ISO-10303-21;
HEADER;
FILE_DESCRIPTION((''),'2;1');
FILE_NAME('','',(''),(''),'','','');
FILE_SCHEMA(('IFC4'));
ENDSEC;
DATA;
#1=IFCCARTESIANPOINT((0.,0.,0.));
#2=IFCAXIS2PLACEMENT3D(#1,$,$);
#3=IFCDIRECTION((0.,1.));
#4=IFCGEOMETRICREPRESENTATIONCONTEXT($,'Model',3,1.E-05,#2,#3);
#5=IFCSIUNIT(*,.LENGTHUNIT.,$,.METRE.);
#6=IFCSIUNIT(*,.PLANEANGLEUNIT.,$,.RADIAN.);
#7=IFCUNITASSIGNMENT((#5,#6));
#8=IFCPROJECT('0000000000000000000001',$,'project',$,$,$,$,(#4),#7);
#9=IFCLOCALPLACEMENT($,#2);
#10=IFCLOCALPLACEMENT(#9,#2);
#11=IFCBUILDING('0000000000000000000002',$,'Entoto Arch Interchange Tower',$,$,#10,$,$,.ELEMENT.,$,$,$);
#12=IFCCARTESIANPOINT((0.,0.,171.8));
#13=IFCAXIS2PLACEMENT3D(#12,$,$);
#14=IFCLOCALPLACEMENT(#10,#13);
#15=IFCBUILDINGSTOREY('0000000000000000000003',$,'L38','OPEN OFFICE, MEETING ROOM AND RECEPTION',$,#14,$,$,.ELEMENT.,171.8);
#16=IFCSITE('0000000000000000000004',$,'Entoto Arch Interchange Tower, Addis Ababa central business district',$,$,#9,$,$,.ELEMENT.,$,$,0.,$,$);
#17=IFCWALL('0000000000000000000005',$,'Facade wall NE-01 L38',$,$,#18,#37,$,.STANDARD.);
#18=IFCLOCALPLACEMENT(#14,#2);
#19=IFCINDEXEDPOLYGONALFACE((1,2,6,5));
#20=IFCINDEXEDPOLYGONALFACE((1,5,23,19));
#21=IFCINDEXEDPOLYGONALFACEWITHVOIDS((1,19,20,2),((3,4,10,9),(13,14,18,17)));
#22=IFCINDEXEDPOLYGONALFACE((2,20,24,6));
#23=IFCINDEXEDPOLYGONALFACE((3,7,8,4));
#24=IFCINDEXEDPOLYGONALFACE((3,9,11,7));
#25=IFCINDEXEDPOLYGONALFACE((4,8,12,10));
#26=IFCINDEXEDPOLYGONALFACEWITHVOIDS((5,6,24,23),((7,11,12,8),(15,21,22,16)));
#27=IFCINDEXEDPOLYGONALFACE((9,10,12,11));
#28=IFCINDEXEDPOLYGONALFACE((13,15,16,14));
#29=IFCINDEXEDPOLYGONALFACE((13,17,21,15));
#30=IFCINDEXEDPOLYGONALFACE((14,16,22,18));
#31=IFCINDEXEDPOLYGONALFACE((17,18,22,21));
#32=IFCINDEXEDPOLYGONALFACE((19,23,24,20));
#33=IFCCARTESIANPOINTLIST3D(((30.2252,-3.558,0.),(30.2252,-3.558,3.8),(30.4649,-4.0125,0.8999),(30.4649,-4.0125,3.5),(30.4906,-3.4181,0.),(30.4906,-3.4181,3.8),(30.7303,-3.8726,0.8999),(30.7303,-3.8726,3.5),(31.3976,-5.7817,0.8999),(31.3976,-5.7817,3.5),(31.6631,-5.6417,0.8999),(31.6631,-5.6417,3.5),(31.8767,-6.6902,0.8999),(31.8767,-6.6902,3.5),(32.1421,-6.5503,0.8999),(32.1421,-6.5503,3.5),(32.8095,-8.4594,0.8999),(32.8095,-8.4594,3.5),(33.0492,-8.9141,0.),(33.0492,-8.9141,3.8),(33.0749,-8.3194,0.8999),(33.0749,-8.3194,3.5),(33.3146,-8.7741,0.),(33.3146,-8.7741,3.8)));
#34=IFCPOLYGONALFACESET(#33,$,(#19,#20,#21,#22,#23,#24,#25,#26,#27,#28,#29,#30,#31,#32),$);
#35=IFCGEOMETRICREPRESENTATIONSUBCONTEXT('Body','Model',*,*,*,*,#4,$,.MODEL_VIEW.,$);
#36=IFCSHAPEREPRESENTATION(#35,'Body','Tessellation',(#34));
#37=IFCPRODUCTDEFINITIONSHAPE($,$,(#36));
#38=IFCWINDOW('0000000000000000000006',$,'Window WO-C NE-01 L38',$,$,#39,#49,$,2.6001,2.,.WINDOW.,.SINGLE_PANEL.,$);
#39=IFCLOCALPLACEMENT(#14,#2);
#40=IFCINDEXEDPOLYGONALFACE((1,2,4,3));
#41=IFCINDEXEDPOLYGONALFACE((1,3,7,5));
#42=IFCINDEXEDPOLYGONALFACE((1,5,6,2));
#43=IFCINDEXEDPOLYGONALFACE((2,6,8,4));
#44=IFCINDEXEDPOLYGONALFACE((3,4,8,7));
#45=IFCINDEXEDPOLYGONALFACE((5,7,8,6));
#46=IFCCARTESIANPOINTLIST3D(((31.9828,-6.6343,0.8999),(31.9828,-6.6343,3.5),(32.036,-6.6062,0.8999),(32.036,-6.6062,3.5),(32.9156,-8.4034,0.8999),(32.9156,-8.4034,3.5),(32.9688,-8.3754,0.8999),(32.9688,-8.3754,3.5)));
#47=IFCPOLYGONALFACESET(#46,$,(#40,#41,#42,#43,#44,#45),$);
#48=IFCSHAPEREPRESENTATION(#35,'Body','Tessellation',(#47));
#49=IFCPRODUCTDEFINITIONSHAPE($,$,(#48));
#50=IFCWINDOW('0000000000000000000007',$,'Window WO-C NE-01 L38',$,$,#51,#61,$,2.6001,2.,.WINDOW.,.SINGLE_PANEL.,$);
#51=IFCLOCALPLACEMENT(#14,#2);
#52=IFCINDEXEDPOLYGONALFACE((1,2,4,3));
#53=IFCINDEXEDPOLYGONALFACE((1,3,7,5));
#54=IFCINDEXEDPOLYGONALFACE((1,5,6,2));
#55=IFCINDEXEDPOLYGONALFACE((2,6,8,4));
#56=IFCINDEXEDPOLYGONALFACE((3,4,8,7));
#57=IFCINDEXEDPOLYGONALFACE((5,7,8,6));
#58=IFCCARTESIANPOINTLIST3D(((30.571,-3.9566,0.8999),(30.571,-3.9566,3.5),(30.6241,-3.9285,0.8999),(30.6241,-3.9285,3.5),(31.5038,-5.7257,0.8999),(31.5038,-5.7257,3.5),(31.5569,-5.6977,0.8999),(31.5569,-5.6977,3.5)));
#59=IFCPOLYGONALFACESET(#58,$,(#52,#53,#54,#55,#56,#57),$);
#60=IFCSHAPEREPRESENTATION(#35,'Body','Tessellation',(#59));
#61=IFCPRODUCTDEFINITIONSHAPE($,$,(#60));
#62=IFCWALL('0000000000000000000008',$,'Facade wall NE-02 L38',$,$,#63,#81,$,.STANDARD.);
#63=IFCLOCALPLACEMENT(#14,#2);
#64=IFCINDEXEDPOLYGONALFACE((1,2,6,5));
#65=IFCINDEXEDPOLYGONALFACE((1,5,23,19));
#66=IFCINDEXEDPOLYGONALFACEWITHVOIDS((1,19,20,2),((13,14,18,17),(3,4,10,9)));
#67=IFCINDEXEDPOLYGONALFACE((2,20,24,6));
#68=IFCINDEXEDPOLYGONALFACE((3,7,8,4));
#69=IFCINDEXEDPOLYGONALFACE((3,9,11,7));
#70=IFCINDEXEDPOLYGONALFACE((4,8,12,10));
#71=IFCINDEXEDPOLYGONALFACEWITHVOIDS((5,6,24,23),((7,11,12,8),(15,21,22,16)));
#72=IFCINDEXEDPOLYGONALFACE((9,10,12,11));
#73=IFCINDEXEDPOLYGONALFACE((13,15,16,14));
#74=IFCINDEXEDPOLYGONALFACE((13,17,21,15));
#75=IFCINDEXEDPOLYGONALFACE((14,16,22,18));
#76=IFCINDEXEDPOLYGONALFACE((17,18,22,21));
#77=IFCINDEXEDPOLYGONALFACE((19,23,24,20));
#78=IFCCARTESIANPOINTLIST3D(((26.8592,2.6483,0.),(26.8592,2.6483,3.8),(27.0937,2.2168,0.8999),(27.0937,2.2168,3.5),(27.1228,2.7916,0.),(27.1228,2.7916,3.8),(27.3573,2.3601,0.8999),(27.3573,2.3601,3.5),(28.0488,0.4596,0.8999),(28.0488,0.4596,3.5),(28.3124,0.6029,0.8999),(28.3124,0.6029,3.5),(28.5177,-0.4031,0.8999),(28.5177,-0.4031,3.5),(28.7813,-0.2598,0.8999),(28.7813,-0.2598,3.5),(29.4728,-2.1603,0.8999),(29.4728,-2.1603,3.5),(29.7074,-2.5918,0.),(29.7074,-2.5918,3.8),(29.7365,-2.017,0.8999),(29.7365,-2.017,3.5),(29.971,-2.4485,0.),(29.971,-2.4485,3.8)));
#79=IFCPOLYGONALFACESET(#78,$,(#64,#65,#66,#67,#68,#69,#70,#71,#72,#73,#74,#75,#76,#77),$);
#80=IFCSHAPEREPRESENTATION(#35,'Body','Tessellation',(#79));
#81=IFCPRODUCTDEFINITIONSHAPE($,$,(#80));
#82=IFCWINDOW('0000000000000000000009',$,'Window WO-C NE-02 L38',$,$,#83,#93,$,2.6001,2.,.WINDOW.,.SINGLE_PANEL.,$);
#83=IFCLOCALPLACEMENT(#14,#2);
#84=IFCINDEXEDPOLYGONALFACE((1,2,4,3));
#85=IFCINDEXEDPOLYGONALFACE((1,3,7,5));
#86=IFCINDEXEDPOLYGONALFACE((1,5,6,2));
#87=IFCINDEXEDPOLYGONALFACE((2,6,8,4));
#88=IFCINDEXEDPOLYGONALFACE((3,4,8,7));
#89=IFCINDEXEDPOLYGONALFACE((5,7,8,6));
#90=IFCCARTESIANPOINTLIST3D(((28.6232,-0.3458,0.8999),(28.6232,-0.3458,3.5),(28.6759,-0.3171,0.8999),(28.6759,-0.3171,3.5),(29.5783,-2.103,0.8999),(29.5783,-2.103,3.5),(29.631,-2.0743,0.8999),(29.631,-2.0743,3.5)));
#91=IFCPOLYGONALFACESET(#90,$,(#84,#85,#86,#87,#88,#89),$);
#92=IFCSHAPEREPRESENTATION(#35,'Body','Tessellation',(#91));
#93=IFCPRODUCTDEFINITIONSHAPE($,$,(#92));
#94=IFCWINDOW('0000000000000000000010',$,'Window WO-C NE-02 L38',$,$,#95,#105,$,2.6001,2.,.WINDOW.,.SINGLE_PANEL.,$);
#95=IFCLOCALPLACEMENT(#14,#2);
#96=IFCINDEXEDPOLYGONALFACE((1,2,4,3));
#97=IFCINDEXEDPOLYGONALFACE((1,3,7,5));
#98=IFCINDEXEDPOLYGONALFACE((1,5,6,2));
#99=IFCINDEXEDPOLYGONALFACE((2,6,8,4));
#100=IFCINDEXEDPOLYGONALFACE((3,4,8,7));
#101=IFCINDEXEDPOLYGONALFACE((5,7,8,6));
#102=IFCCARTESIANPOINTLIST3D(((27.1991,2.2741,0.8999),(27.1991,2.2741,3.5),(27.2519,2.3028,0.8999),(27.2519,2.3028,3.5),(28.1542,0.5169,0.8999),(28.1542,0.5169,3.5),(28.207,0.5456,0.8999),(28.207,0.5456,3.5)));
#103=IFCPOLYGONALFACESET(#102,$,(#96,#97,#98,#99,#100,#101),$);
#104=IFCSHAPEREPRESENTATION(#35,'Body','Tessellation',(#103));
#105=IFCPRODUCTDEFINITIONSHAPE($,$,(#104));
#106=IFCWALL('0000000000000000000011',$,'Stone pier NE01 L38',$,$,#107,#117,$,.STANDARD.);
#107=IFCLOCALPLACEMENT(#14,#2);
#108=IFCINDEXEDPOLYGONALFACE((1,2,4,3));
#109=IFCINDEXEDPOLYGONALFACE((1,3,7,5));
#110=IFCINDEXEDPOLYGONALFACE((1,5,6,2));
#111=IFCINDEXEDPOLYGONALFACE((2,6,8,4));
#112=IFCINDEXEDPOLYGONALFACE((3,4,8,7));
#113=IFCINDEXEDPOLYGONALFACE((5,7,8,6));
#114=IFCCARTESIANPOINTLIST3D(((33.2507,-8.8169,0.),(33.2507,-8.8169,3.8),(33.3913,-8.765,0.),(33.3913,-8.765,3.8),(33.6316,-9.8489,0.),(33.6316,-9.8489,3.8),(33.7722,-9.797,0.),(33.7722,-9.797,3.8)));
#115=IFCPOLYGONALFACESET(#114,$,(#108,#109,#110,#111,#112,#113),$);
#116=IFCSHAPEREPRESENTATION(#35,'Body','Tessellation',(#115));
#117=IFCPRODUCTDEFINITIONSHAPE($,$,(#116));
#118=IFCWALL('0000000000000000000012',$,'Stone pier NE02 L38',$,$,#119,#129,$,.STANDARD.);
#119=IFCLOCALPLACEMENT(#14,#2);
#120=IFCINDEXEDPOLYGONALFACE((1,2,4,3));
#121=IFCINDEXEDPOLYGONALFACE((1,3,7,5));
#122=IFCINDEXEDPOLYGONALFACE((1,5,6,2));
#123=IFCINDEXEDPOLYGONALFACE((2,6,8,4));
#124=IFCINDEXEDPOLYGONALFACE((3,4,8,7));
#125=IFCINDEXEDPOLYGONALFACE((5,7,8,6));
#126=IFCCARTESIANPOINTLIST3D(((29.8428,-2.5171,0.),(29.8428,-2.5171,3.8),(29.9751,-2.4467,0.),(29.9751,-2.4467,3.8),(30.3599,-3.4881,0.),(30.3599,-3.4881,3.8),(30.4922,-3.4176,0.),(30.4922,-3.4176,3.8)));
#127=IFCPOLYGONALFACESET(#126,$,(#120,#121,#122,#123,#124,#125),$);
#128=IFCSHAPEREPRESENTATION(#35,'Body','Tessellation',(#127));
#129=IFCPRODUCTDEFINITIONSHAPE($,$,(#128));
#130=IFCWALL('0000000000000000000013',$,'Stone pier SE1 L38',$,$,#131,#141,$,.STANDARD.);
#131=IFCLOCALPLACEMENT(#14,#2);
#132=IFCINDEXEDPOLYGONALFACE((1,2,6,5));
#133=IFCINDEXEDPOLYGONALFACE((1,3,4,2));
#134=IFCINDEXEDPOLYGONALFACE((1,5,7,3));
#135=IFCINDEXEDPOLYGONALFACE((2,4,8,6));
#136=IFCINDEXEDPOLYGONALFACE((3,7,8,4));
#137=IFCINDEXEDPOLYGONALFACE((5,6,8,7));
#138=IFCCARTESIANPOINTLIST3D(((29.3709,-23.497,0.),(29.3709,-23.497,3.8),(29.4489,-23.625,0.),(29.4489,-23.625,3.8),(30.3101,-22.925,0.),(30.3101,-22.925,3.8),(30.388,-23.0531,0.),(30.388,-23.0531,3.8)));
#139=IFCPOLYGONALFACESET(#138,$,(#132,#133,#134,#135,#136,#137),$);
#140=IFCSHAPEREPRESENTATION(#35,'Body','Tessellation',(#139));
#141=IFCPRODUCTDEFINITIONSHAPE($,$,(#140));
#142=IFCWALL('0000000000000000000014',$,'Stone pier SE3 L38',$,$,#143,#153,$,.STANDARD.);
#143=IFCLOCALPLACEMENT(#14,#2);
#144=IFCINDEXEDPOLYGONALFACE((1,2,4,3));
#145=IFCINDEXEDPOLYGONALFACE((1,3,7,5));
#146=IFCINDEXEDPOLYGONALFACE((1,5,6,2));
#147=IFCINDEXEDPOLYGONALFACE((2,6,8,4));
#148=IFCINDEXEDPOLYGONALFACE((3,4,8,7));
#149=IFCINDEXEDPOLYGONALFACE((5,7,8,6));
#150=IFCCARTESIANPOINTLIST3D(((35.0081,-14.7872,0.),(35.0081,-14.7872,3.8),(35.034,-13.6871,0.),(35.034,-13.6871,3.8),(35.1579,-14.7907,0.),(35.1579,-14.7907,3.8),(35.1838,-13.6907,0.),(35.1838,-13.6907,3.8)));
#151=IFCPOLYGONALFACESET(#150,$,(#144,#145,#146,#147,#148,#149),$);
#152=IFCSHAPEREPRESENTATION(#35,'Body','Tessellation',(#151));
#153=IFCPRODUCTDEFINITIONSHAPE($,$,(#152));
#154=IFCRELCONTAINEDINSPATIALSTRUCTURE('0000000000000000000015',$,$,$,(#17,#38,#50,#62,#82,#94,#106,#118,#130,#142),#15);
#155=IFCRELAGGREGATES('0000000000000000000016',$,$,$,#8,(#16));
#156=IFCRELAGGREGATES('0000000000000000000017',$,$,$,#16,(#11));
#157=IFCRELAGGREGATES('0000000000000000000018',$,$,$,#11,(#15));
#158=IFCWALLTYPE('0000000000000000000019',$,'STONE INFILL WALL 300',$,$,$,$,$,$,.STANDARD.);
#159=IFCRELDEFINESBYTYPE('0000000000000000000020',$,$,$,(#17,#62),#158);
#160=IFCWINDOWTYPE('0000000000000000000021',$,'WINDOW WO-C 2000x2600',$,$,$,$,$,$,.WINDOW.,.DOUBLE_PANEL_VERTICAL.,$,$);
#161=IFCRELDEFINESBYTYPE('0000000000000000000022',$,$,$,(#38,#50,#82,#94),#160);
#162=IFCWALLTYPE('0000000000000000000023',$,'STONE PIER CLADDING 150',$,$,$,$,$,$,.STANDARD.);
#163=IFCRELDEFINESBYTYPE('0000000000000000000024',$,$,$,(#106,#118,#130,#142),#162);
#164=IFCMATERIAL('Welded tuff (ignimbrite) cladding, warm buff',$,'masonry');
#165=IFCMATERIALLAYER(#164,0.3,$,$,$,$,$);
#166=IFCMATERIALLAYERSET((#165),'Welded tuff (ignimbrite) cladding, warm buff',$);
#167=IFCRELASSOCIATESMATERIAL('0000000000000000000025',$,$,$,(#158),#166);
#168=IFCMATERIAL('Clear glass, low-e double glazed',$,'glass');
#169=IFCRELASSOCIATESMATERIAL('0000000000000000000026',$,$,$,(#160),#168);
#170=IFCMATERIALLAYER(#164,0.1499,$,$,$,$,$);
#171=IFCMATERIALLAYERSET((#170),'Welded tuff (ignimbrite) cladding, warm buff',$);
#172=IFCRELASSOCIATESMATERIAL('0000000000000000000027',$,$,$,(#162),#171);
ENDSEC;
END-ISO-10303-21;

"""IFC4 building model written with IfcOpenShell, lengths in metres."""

from ifc_helpers import new_model, si_unit, direction, frame, frame_2d, origin, place, context, subcontext, project, spatial, rectangle, extrude, material, layer, layer_set, type_object, element, fill, save


model = new_model("IFC4")

# Units and contexts
model_context = context("Model", 3, precision=1e-05, world=origin(), true_north=direction((0.0, 1.0)))
body_context = subcontext(model_context, "Body", "Model", "MODEL_VIEW")
ifc_project = project(units=[si_unit("LENGTHUNIT", "METRE"), si_unit("PLANEANGLEUNIT", "RADIAN")], contexts=[model_context])

# Site, building, storey
site_placement = place(None, origin())
site = spatial("IfcSite", under=ifc_project, at=site_placement, Name="Entoto Arch Interchange Tower, Addis Ababa central business district", CompositionType="ELEMENT", RefElevation=0.0)
building_placement = place(site_placement, origin())
building = spatial("IfcBuilding", under=site, at=building_placement, Name="Entoto Arch Interchange Tower", CompositionType="ELEMENT")
storey_placement = place(building_placement, frame((0.0, 0.0, 171.8)))
storey = spatial("IfcBuildingStorey", under=building, at=storey_placement, Name="L38", Description="OPEN OFFICE, MEETING ROOM AND RECEPTION", CompositionType="ELEMENT", Elevation=171.8)

# Shared definitions
ifc_material_1 = material(Name="Welded tuff (ignimbrite) cladding, warm buff", Category="masonry")
ifc_layer_1 = layer(ifc_material_1, 0.3)
ifc_layer_set_1 = layer_set([ifc_layer_1], Name="Welded tuff (ignimbrite) cladding, warm buff")
wall_type_1 = type_object("IfcWallType", Name="STONE INFILL WALL 300", PredefinedType="STANDARD", material=ifc_layer_set_1)
ifc_material_2 = material(Name="Clear glass, low-e double glazed", Category="glass")

# Walls, openings, windows
wall_1_placement = place(storey_placement, frame((33.1819, -8.844, 0.0), z_axis=(0.0, 0.0, 1.0), x_axis=(-0.466399, 0.884574, 0.0)))
wall_1 = element("IfcWall", 1, at=wall_1_placement, inside=storey, type_object=wall_type_1, Name="Facade wall NE-01 L38", PredefinedType="STANDARD", context=body_context, shape_type="SweptSolid", body=[
    extrude(rectangle(XDim=6.0549, YDim=0.3, at=frame_2d((3.0273, 0.0))), origin(), (0.0, 0.0, 1.0), 3.8),
])
opening_1_placement = place(wall_1_placement, frame((0.5139, 0.0, 0.8999)))
opening_1 = element("IfcOpeningElement", 2, at=opening_1_placement, cuts=wall_1, PredefinedType="OPENING", context=body_context, shape_type="SweptSolid", body=[
    extrude(rectangle(XDim=2.0, YDim=2.6001, at=frame_2d((1.0, 1.3))), frame((0.0, 0.1602, 0.0), z_axis=(0.0, -1.0, 0.0), x_axis=(1.0, 0.0, 0.0)), (0.0, 0.0, 1.0), 0.3201),
])
opening_2_placement = place(wall_1_placement, frame((3.541, 0.0, 0.8999)))
opening_2 = element("IfcOpeningElement", 3, at=opening_2_placement, cuts=wall_1, PredefinedType="OPENING", context=body_context, shape_type="SweptSolid", body=[
    extrude(rectangle(XDim=2.0, YDim=2.6001, at=frame_2d((1.0, 1.3))), frame((0.0, 0.1602, 0.0), z_axis=(0.0, -1.0, 0.0), x_axis=(1.0, 0.0, 0.0)), (0.0, 0.0, 1.0), 0.3201),
])
window_type_1 = type_object("IfcWindowType", Name="WINDOW WO-C 2000x2600", PartitioningType="DOUBLE_PANEL_VERTICAL", PredefinedType="WINDOW", material=ifc_material_2)
window_1_placement = place(opening_1_placement, origin())
window_1 = element("IfcWindow", 4, at=window_1_placement, inside=storey, type_object=window_type_1, Name="Window WO-C NE-01 L38", OverallHeight=2.6001, OverallWidth=2.0, PartitioningType="SINGLE_PANEL", PredefinedType="WINDOW", context=body_context, shape_type="SweptSolid", body=[
    extrude(rectangle(XDim=2.0, YDim=2.6001, at=frame_2d((1.0, 1.3))), frame((0.0, 0.03, 0.0), z_axis=(0.0, -1.0, 0.0), x_axis=(1.0, 0.0, 0.0)), (0.0, 0.0, 1.0), 0.0601),
])
fill(opening_1, window_1)
window_2_placement = place(opening_2_placement, origin())
window_2 = element("IfcWindow", 5, at=window_2_placement, inside=storey, type_object=window_type_1, Name="Window WO-C NE-01 L38", OverallHeight=2.6001, OverallWidth=2.0, PartitioningType="SINGLE_PANEL", PredefinedType="WINDOW", context=body_context, shape_type="SweptSolid", body=[
    extrude(rectangle(XDim=2.0, YDim=2.6001, at=frame_2d((1.0, 1.3))), frame((0.0, 0.03, 0.0), z_axis=(0.0, -1.0, 0.0), x_axis=(1.0, 0.0, 0.0)), (0.0, 0.0, 1.0), 0.0601),
])
fill(opening_2, window_2)
wall_2_placement = place(storey_placement, frame((29.8391, -2.52, 0.0), z_axis=(0.0, 0.0, 1.0), x_axis=(-0.477555, 0.878602, 0.0)))
wall_2 = element("IfcWall", 6, at=wall_2_placement, inside=storey, type_object=wall_type_1, Name="Facade wall NE-02 L38", PredefinedType="STANDARD", context=body_context, shape_type="SweptSolid", body=[
    extrude(rectangle(XDim=5.9641, YDim=0.3, at=frame_2d((2.9819, 0.0))), origin(), (0.0, 0.0, 1.0), 3.8),
])
opening_3_placement = place(wall_2_placement, frame((0.491, 0.0, 0.8999)))
opening_3 = element("IfcOpeningElement", 7, at=opening_3_placement, cuts=wall_2, PredefinedType="OPENING", context=body_context, shape_type="SweptSolid", body=[
    extrude(rectangle(XDim=2.0, YDim=2.6001, at=frame_2d((1.0, 1.3))), frame((0.0, 0.1602, 0.0), z_axis=(0.0, -1.0, 0.0), x_axis=(1.0, 0.0, 0.0)), (0.0, 0.0, 1.0), 0.3201),
])
opening_4_placement = place(wall_2_placement, frame((3.4729, 0.0, 0.8999)))
opening_4 = element("IfcOpeningElement", 8, at=opening_4_placement, cuts=wall_2, PredefinedType="OPENING", context=body_context, shape_type="SweptSolid", body=[
    extrude(rectangle(XDim=2.0, YDim=2.6001, at=frame_2d((1.0, 1.3))), frame((0.0, 0.1602, 0.0), z_axis=(0.0, -1.0, 0.0), x_axis=(1.0, 0.0, 0.0)), (0.0, 0.0, 1.0), 0.3201),
])
window_3_placement = place(opening_3_placement, origin())
window_3 = element("IfcWindow", 9, at=window_3_placement, inside=storey, type_object=window_type_1, Name="Window WO-C NE-02 L38", OverallHeight=2.6001, OverallWidth=2.0, PartitioningType="SINGLE_PANEL", PredefinedType="WINDOW", context=body_context, shape_type="SweptSolid", body=[
    extrude(rectangle(XDim=2.0, YDim=2.6001, at=frame_2d((1.0, 1.3))), frame((0.0, 0.03, 0.0), z_axis=(0.0, -1.0, 0.0), x_axis=(1.0, 0.0, 0.0)), (0.0, 0.0, 1.0), 0.0601),
])
fill(opening_3, window_3)
window_4_placement = place(opening_4_placement, origin())
window_4 = element("IfcWindow", 10, at=window_4_placement, inside=storey, type_object=window_type_1, Name="Window WO-C NE-02 L38", OverallHeight=2.6001, OverallWidth=2.0, PartitioningType="SINGLE_PANEL", PredefinedType="WINDOW", context=body_context, shape_type="SweptSolid", body=[
    extrude(rectangle(XDim=2.0, YDim=2.6001, at=frame_2d((1.0, 1.3))), frame((0.0, 0.03, 0.0), z_axis=(0.0, -1.0, 0.0), x_axis=(1.0, 0.0, 0.0)), (0.0, 0.0, 1.0), 0.0601),
])
fill(opening_4, window_4)

# Walls
ifc_layer_2 = layer(ifc_material_1, 0.1499)
ifc_layer_set_2 = layer_set([ifc_layer_2], Name="Welded tuff (ignimbrite) cladding, warm buff")
wall_type_2 = type_object("IfcWallType", Name="STONE PIER CLADDING 150", PredefinedType="STANDARD", material=ifc_layer_set_2)
for number, where, z_axis, x_axis, name in (
    (11, (33.7019, -9.823, 0.0), (0.0, 0.0, 1.0), (-0.34623, 0.93815, 0.0), "Stone pier NE01 L38"),
    (12, (30.426, -3.4529, 0.0), (0.0, 0.0, 1.0), (-0.470058, 0.882635, 0.0), "Stone pier NE02 L38"),
):
    element("IfcWall", number, at=place(storey_placement, frame(where, z_axis=z_axis, x_axis=x_axis)), inside=storey, type_object=wall_type_2, Name=name, PredefinedType="STANDARD", context=body_context, shape_type="SweptSolid", body=[
        extrude(rectangle(XDim=1.1001, YDim=0.1499, at=frame_2d((0.55, 0.0))), origin(), (0.0, 0.0, 1.0), 3.8),
    ])
wall_3_placement = place(storey_placement, frame((29.4099, -23.561, 0.0), z_axis=(0.0, 0.0, 1.0), x_axis=(0.854066, 0.520165, 0.0)))
element("IfcWall", 13, at=wall_3_placement, inside=storey, type_object=wall_type_2, Name="Stone pier SE1 L38", PredefinedType="STANDARD", context=body_context, shape_type="SweptSolid", body=[
    extrude(rectangle(XDim=1.0996, YDim=0.1499, at=frame_2d((0.5498, 0.0))), origin(), (0.0, 0.0, 1.0), 3.8),
])
wall_4_placement = place(storey_placement, frame((35.083, -14.7891, 0.0), z_axis=(0.0, 0.0, 1.0), x_axis=(0.023518, 0.999723, 0.0)))
element("IfcWall", 14, at=wall_4_placement, inside=storey, type_object=wall_type_2, Name="Stone pier SE3 L38", PredefinedType="STANDARD", context=body_context, shape_type="SweptSolid", body=[
    extrude(rectangle(XDim=1.1003, YDim=0.1499, at=frame_2d((0.5503, 0.0))), origin(), (0.0, 0.0, 1.0), 3.8),
])

save(model, "model.ifc")
